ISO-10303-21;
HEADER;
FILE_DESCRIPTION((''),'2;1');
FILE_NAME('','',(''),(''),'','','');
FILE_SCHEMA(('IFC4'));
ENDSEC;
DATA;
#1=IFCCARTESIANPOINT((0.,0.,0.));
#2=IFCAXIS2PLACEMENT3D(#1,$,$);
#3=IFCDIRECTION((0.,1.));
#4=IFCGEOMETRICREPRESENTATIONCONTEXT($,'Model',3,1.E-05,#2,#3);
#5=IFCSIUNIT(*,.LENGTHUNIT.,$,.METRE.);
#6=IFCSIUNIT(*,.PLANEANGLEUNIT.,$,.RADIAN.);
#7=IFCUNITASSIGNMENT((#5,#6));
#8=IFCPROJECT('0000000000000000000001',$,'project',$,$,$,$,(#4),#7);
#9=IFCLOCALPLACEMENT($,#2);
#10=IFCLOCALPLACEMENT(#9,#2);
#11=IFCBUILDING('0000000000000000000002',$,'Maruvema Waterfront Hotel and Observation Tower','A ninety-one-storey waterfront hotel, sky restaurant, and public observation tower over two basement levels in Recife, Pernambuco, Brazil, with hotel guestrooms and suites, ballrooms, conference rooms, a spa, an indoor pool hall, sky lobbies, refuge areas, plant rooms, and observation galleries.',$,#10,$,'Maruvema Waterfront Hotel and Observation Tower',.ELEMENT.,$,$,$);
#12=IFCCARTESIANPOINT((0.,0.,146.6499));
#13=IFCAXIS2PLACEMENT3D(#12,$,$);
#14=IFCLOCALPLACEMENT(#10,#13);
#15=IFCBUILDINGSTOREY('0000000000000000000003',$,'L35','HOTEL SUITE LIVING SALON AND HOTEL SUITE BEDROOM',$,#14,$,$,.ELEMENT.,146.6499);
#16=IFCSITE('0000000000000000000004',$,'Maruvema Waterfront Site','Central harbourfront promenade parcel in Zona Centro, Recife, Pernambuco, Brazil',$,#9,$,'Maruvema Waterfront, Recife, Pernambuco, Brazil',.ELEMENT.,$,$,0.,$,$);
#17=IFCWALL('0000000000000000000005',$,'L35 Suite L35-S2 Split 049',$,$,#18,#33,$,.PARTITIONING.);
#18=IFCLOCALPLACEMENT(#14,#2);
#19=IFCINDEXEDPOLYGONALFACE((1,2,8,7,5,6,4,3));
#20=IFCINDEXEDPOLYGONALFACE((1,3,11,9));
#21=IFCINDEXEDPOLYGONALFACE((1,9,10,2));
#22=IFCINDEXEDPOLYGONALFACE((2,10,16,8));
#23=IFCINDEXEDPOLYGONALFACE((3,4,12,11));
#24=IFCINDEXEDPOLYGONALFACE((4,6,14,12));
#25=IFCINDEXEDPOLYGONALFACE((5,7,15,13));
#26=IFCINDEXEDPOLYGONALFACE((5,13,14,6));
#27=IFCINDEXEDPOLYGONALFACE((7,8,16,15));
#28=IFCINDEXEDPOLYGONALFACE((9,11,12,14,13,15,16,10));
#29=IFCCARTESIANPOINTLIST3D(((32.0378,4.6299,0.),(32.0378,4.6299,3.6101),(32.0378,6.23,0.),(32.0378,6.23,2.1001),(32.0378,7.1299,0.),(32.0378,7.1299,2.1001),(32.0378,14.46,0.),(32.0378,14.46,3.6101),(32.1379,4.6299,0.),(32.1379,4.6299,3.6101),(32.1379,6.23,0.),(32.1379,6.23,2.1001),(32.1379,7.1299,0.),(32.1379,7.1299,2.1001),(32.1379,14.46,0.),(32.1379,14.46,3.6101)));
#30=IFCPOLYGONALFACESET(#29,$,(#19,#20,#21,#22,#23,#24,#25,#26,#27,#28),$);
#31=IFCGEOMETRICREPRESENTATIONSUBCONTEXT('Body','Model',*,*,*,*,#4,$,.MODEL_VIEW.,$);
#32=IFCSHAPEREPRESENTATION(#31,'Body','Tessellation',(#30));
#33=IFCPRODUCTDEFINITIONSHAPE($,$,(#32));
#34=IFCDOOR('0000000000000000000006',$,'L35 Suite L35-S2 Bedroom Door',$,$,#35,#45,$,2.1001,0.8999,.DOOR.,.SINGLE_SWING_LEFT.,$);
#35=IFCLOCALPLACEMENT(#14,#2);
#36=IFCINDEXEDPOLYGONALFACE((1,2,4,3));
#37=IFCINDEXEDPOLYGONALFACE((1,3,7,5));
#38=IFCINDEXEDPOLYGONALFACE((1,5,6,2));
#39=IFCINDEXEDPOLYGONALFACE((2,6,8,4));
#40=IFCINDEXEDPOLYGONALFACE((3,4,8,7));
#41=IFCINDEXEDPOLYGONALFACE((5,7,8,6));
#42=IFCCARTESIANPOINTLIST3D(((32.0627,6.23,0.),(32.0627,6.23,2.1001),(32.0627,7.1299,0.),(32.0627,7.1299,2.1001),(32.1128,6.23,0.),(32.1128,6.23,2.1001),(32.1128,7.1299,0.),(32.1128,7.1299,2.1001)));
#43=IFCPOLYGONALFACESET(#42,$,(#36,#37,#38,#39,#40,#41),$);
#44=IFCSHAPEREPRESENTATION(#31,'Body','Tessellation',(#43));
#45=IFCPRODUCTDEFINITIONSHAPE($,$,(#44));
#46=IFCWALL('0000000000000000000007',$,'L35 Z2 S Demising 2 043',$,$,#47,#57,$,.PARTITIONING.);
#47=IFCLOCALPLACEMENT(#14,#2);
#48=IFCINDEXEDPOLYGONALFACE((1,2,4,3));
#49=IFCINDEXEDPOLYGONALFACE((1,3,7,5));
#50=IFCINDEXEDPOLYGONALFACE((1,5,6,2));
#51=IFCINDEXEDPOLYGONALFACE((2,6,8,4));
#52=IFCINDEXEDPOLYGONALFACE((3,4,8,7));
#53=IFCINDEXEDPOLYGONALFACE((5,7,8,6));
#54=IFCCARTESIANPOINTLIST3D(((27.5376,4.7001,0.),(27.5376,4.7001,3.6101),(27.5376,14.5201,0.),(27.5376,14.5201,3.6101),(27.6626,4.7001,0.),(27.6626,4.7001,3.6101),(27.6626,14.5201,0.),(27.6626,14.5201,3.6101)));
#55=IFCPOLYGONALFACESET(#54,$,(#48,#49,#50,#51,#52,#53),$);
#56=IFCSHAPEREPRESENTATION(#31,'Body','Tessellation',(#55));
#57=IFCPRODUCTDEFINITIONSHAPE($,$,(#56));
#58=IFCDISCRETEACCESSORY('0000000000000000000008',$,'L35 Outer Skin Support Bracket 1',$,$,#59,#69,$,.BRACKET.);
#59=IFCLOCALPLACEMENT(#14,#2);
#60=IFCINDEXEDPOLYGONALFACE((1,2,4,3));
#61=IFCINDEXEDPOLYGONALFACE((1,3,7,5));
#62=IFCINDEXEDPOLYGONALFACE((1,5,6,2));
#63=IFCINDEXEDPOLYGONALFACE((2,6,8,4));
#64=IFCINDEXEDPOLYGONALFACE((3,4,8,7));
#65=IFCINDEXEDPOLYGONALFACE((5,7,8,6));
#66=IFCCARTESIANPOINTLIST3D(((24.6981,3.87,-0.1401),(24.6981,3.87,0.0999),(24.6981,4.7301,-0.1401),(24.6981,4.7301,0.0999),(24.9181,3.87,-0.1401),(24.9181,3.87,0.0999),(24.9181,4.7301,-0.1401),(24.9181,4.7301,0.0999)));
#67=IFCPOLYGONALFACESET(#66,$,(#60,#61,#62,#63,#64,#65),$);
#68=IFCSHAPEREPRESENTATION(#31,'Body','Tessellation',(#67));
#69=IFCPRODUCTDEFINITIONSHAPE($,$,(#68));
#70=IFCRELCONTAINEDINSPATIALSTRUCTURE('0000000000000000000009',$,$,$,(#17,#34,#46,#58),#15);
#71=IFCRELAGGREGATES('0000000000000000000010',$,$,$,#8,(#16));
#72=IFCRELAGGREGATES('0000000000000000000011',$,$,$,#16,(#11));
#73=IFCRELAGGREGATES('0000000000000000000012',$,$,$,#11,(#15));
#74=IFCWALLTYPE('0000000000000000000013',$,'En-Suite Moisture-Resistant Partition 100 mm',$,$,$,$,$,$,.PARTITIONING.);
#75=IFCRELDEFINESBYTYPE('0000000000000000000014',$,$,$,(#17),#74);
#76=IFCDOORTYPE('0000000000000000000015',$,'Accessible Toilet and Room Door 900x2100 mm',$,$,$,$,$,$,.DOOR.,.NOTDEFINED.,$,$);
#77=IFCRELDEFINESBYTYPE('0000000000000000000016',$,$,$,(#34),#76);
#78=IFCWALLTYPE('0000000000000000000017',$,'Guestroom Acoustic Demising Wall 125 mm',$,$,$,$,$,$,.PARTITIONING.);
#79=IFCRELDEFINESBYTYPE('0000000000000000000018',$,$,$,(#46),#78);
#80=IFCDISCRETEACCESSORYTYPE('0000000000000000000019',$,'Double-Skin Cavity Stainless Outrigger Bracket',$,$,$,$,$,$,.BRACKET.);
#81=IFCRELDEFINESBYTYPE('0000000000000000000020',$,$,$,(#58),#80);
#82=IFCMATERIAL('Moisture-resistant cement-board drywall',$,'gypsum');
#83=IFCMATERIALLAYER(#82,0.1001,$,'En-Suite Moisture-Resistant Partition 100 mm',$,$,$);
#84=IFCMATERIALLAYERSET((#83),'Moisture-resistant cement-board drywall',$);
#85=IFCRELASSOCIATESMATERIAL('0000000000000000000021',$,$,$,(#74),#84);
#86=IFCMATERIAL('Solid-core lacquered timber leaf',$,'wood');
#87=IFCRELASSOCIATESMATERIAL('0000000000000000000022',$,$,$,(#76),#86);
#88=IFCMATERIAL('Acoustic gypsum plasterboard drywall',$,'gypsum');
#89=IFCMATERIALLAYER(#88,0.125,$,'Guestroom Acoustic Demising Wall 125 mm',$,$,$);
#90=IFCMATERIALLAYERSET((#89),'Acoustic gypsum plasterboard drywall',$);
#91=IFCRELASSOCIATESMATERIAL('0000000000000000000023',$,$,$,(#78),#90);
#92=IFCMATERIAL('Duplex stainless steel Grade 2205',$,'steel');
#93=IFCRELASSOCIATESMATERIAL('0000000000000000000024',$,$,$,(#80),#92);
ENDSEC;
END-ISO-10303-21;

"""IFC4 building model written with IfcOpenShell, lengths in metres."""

from ifc_helpers import new_model, si_unit, direction, frame, frame_2d, origin, origin_2d, place, context, subcontext, project, spatial, rectangle, extrude, material, layer, layer_set, type_object, element, fill, save


model = new_model("IFC4")

# Units and contexts
model_context = context("Model", 3, precision=1e-05, world=origin(), true_north=direction((0.0, 1.0)))
body_context = subcontext(model_context, "Body", "Model", "MODEL_VIEW")
ifc_project = project(units=[si_unit("LENGTHUNIT", "METRE"), si_unit("PLANEANGLEUNIT", "RADIAN")], contexts=[model_context])

# Site, building, storey
site_placement = place(None, origin())
site = spatial("IfcSite", under=ifc_project, at=site_placement, Name="Maruvema Waterfront Site", Description="Central harbourfront promenade parcel in Zona Centro, Recife, Pernambuco, Brazil", LongName="Maruvema Waterfront, Recife, Pernambuco, Brazil", CompositionType="ELEMENT", RefElevation=0.0)
building_placement = place(site_placement, origin())
building = spatial("IfcBuilding", under=site, at=building_placement, Name="Maruvema Waterfront Hotel and Observation Tower", Description="A ninety-one-storey waterfront hotel, sky restaurant, and public observation tower over two basement levels in Recife, Pernambuco, Brazil, with hotel guestrooms and suites, ballrooms, conference rooms, a spa, an indoor pool hall, sky lobbies, refuge areas, plant rooms, and observation galleries.", LongName="Maruvema Waterfront Hotel and Observation Tower", CompositionType="ELEMENT")
storey_placement = place(building_placement, frame((0.0, 0.0, 146.6499)))
storey = spatial("IfcBuildingStorey", under=building, at=storey_placement, Name="L35", Description="HOTEL SUITE LIVING SALON AND HOTEL SUITE BEDROOM", CompositionType="ELEMENT", Elevation=146.6499)

# Shared definitions
ifc_material_1 = material(Name="Moisture-resistant cement-board drywall", Category="gypsum")
ifc_layer_1 = layer(ifc_material_1, 0.1001, Name="En-Suite Moisture-Resistant Partition 100 mm")
ifc_layer_set_1 = layer_set([ifc_layer_1], Name="Moisture-resistant cement-board drywall")
wall_type_1 = type_object("IfcWallType", Name="En-Suite Moisture-Resistant Partition 100 mm", PredefinedType="PARTITIONING", material=ifc_layer_set_1)

# Wall, opening, door
wall_1_placement = place(storey_placement, frame((32.0879, 4.6299, 0.0), z_axis=(0.0, 0.0, 1.0), x_axis=(0.0, 1.0, 0.0)))
wall_1 = element("IfcWall", 1, at=wall_1_placement, inside=storey, type_object=wall_type_1, Name="L35 Suite L35-S2 Split 049", PredefinedType="PARTITIONING", context=body_context, shape_type="SweptSolid", body=[
    extrude(rectangle(XDim=9.8301, YDim=0.1001, at=frame_2d((4.915, 0.0))), origin(), (0.0, 0.0, 1.0), 3.6101),
])
opening_1_placement = place(wall_1_placement, frame((1.6001, 0.0, 0.0)))
opening_1 = element("IfcOpeningElement", 2, at=opening_1_placement, cuts=wall_1, PredefinedType="OPENING", context=body_context, shape_type="SweptSolid", body=[
    extrude(rectangle(XDim=0.8999, YDim=2.1001, at=frame_2d((0.45, 1.05))), frame((0.0, 0.0601, 0.0), z_axis=(0.0, -1.0, 0.0), x_axis=(1.0, 0.0, 0.0)), (0.0, 0.0, 1.0), 0.1201),
])
ifc_material_2 = material(Name="Solid-core lacquered timber leaf", Category="wood")
door_type_1 = type_object("IfcDoorType", Name="Accessible Toilet and Room Door 900x2100 mm", OperationType="NOTDEFINED", PredefinedType="DOOR", material=ifc_material_2)
door_1_placement = place(opening_1_placement, frame((0.8999, 0.0, 0.0), z_axis=(0.0, 0.0, 1.0), x_axis=(-1.0, 0.0, 0.0)))
door_1 = element("IfcDoor", 3, at=door_1_placement, inside=storey, type_object=door_type_1, Name="L35 Suite L35-S2 Bedroom Door", OperationType="SINGLE_SWING_LEFT", OverallHeight=2.1001, OverallWidth=0.8999, PredefinedType="DOOR", context=body_context, shape_type="SweptSolid", body=[
    extrude(rectangle(XDim=0.8999, YDim=2.1001, at=frame_2d((0.45, 1.05))), frame((0.0, 0.0249, 0.0), z_axis=(0.0, -1.0, 0.0), x_axis=(1.0, 0.0, 0.0)), (0.0, 0.0, 1.0), 0.05),
])
fill(opening_1, door_1)

# Wall
ifc_material_3 = material(Name="Acoustic gypsum plasterboard drywall", Category="gypsum")
ifc_layer_2 = layer(ifc_material_3, 0.125, Name="Guestroom Acoustic Demising Wall 125 mm")
ifc_layer_set_2 = layer_set([ifc_layer_2], Name="Acoustic gypsum plasterboard drywall")
wall_type_2 = type_object("IfcWallType", Name="Guestroom Acoustic Demising Wall 125 mm", PredefinedType="PARTITIONING", material=ifc_layer_set_2)
wall_2_placement = place(storey_placement, frame((27.6001, 4.7, 0.0), z_axis=(0.0, 0.0, 1.0), x_axis=(0.0, 1.0, 0.0)))
element("IfcWall", 4, at=wall_2_placement, inside=storey, type_object=wall_type_2, Name="L35 Z2 S Demising 2 043", PredefinedType="PARTITIONING", context=body_context, shape_type="SweptSolid", body=[
    extrude(rectangle(XDim=9.8201, YDim=0.125, at=frame_2d((4.9102, 0.0))), origin(), (0.0, 0.0, 1.0), 3.6101),
])

# Discrete accessory
ifc_material_4 = material(Name="Duplex stainless steel Grade 2205", Category="steel")
discrete_accessory_type = type_object("IfcDiscreteAccessoryType", Name="Double-Skin Cavity Stainless Outrigger Bracket", PredefinedType="BRACKET", material=ifc_material_4)
discrete_accessory_placement = place(storey_placement, frame((24.8081, 4.3, -0.1401), z_axis=(0.0, 0.0, 1.0), x_axis=(1.0, 0.0, 0.0)))
element("IfcDiscreteAccessory", 5, at=discrete_accessory_placement, inside=storey, type_object=discrete_accessory_type, Name="L35 Outer Skin Support Bracket 1", PredefinedType="BRACKET", context=body_context, shape_type="SweptSolid", body=[
    extrude(rectangle(XDim=0.22, YDim=0.8601, at=origin_2d()), origin(), (0.0, 0.0, 1.0), 0.24),
])

save(model, "model.ifc")
